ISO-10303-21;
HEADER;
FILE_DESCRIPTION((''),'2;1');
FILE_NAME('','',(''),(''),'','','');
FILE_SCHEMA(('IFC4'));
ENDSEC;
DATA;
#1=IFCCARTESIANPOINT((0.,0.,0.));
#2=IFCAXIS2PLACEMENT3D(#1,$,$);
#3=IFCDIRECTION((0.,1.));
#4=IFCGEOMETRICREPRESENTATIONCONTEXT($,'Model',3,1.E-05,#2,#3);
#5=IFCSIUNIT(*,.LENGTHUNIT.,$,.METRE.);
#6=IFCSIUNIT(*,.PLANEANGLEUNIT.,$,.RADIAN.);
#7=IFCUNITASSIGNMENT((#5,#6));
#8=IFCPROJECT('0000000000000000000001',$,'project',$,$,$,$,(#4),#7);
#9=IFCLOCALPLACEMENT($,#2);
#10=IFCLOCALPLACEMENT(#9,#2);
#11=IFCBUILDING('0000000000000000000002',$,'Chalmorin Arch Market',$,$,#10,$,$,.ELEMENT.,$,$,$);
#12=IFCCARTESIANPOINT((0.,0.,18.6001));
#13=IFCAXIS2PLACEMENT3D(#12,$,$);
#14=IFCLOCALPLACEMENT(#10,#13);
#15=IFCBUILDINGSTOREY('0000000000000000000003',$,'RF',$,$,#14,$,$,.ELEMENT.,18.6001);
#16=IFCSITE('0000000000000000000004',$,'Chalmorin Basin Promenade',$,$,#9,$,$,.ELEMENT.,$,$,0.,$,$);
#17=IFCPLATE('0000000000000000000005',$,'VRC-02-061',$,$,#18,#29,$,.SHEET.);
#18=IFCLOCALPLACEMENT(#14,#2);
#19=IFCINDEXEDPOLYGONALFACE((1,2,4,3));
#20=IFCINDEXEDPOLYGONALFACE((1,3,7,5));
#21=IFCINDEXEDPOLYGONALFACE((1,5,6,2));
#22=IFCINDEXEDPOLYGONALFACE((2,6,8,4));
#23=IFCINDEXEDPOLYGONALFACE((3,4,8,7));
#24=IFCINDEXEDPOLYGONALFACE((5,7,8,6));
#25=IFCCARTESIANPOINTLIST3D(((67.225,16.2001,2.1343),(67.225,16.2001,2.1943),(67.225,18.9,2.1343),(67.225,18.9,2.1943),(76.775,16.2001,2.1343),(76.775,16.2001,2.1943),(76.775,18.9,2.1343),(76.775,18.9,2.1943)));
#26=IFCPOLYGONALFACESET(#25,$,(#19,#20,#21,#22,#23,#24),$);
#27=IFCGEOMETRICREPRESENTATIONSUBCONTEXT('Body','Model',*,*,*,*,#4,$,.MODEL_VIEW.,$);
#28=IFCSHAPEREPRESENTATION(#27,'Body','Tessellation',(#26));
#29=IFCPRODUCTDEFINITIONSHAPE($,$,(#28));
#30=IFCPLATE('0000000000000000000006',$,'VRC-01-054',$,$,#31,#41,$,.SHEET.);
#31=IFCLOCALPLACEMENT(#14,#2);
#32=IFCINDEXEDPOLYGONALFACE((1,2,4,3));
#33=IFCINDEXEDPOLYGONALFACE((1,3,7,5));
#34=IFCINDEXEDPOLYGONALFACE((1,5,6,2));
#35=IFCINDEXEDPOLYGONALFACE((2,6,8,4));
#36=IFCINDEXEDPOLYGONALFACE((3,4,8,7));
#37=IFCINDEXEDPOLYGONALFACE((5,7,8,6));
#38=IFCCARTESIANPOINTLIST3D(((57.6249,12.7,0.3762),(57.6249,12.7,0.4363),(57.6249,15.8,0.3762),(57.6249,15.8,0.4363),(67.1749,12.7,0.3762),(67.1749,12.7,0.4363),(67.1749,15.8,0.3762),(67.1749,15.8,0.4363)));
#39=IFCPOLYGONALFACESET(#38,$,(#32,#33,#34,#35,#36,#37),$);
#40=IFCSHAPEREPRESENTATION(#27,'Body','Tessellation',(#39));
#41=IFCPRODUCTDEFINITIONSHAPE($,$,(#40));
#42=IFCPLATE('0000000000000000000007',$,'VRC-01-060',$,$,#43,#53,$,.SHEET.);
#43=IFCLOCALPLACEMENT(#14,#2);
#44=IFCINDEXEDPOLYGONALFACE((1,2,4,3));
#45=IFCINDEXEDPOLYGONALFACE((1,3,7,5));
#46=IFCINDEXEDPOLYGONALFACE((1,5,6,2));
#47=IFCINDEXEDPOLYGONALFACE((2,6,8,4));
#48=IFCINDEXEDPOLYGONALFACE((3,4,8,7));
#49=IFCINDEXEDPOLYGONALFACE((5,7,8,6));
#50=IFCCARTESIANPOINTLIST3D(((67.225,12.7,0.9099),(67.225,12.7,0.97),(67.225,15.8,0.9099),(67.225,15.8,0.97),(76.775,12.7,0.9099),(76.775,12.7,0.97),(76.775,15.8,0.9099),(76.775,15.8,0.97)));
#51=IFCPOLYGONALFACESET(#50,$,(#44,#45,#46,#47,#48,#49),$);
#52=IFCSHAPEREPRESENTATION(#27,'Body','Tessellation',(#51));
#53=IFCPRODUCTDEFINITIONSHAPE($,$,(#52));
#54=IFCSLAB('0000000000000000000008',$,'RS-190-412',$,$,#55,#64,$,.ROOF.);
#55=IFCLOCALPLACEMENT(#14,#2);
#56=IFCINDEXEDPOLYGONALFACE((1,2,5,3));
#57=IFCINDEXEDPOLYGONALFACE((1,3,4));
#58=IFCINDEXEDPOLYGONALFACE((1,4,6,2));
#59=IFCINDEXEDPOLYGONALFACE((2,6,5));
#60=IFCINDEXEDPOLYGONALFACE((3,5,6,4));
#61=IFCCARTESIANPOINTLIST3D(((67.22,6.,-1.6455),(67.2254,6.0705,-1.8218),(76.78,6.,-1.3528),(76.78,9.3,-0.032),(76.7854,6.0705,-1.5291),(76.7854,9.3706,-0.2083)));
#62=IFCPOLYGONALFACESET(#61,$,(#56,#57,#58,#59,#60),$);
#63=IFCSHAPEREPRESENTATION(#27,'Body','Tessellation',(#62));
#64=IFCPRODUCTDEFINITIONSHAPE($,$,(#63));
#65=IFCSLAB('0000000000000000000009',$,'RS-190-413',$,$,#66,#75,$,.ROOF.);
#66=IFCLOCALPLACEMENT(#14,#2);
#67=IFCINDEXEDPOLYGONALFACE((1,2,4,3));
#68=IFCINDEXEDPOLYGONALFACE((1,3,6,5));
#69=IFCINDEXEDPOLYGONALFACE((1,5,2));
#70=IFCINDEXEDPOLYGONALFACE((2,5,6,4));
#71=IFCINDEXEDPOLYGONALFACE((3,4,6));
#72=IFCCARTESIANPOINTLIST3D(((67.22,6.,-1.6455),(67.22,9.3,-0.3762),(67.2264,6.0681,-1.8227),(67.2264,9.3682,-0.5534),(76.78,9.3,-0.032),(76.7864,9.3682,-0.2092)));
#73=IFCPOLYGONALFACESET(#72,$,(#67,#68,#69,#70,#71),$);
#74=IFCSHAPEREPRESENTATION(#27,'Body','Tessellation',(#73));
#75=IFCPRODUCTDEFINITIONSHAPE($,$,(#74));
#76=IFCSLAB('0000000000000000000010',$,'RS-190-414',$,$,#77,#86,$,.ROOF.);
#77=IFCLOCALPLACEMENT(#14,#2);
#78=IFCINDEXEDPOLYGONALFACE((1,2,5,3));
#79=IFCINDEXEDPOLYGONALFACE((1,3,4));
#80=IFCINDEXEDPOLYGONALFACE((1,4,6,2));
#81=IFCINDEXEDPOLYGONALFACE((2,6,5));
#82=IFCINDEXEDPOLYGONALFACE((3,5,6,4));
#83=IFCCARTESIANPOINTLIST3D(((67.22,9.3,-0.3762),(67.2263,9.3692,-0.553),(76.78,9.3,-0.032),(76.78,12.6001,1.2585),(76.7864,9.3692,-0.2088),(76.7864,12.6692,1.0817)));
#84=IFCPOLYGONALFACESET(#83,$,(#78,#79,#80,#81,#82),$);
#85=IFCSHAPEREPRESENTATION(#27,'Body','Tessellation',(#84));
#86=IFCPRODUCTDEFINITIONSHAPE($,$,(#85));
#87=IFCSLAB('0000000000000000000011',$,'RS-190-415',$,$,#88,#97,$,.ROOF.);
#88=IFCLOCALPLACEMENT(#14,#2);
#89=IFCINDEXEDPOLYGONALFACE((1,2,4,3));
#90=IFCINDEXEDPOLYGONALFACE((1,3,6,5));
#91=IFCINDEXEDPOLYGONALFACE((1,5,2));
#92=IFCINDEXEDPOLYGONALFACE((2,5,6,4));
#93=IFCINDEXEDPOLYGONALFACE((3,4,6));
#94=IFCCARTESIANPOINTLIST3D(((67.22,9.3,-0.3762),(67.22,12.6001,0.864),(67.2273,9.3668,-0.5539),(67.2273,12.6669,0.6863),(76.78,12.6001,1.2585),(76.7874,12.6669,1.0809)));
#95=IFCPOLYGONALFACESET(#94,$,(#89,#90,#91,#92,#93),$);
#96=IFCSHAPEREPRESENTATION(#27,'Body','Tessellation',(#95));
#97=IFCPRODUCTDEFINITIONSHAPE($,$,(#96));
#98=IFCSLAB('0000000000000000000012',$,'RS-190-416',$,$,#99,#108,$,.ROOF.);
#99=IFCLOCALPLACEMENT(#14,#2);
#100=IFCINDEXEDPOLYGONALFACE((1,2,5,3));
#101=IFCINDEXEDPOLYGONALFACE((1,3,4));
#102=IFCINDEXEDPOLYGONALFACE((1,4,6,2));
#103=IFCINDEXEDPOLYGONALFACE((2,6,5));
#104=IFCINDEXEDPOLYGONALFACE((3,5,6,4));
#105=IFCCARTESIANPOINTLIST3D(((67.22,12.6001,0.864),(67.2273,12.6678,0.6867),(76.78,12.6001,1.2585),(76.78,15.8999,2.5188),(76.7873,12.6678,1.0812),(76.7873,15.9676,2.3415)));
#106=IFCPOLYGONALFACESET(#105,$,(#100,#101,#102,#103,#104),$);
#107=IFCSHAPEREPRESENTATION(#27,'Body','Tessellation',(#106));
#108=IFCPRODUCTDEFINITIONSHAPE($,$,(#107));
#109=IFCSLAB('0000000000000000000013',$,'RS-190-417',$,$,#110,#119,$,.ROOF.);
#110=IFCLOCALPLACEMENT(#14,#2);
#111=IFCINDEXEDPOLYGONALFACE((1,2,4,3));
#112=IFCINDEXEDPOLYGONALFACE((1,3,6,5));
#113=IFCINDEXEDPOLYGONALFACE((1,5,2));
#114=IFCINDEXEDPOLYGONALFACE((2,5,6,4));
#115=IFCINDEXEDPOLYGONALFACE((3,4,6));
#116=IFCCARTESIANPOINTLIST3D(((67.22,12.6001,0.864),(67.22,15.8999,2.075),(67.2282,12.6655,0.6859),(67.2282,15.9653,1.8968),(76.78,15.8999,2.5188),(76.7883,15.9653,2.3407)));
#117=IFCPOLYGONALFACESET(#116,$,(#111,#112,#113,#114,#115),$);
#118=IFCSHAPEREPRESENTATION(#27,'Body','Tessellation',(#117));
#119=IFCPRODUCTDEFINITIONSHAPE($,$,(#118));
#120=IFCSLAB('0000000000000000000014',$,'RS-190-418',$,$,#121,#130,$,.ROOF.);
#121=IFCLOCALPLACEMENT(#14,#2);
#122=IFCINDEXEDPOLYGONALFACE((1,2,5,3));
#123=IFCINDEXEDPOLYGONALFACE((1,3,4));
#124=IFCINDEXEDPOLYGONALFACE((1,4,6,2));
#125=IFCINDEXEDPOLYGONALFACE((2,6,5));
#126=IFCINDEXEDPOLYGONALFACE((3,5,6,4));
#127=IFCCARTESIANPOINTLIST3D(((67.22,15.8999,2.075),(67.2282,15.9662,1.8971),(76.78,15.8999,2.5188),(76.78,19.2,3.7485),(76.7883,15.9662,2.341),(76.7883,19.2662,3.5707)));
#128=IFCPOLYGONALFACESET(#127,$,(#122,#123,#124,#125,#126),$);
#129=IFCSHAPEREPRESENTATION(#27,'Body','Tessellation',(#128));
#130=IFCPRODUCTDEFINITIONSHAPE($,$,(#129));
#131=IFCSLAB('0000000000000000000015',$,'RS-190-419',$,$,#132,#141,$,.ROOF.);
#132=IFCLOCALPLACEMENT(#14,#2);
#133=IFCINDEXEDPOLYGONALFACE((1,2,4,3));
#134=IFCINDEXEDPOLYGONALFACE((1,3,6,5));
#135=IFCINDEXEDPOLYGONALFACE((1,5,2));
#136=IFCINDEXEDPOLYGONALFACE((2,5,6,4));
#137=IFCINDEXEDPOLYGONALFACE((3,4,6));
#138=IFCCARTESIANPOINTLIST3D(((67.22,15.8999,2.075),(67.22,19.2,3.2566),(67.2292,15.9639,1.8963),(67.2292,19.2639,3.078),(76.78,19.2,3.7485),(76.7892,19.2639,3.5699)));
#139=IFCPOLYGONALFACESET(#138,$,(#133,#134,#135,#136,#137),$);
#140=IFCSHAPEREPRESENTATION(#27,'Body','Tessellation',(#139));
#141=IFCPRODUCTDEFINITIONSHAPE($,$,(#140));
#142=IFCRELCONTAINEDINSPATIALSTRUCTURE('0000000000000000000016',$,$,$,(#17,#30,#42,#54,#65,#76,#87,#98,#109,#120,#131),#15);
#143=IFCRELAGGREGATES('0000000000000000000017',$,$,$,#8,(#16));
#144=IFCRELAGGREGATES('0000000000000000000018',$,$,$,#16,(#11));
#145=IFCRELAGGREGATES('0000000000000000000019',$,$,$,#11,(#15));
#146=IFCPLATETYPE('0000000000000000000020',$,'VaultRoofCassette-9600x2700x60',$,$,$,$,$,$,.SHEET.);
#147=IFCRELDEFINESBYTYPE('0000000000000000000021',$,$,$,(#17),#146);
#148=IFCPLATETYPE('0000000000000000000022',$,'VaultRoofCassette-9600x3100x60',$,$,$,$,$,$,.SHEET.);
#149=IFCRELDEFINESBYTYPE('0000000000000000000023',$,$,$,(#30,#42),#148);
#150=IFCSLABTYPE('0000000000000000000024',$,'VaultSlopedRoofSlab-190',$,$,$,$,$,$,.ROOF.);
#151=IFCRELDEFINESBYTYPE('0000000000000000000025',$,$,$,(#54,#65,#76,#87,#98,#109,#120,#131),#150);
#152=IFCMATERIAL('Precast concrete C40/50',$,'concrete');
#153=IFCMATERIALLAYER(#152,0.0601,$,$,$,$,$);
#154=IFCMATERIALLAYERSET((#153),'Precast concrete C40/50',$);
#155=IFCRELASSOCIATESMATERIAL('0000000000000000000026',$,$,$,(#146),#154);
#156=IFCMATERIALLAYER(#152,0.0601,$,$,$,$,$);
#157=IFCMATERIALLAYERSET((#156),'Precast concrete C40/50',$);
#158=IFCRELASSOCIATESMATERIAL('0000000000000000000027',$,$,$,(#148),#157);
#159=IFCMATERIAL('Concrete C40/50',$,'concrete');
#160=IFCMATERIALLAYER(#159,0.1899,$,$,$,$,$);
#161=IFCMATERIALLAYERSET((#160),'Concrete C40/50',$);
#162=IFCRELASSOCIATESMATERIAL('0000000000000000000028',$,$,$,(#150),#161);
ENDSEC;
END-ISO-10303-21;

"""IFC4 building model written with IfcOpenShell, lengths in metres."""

from ifc_helpers import new_model, si_unit, direction, frame, origin, origin_2d, place, context, subcontext, project, spatial, polyline, rectangle, outline, extrude, material, layer, layer_set, type_object, element, save


model = new_model("IFC4")

# Units and contexts
model_context = context("Model", 3, precision=1e-05, world=origin(), true_north=direction((0.0, 1.0)))
body_context = subcontext(model_context, "Body", "Model", "MODEL_VIEW")
ifc_project = project(units=[si_unit("LENGTHUNIT", "METRE"), si_unit("PLANEANGLEUNIT", "RADIAN")], contexts=[model_context])

# Site, building, storey
site_placement = place(None, origin())
site = spatial("IfcSite", under=ifc_project, at=site_placement, Name="Chalmorin Basin Promenade", CompositionType="ELEMENT", RefElevation=0.0)
building_placement = place(site_placement, origin())
building = spatial("IfcBuilding", under=site, at=building_placement, Name="Chalmorin Arch Market", CompositionType="ELEMENT")
storey_placement = place(building_placement, frame((0.0, 0.0, 18.6001)))
storey = spatial("IfcBuildingStorey", under=building, at=storey_placement, Name="RF", CompositionType="ELEMENT", Elevation=18.6001)

# Plates
ifc_material_1 = material(Name="Precast concrete C40/50", Category="concrete")
ifc_layer_1 = layer(ifc_material_1, 0.0601)
ifc_layer_set_1 = layer_set([ifc_layer_1], Name="Precast concrete C40/50")
plate_type_1 = type_object("IfcPlateType", Name="VaultRoofCassette-9600x2700x60", PredefinedType="SHEET", material=ifc_layer_set_1)
for number, where, z_axis, x_axis, name in (
    (1, (72.0, 17.55, 2.1343), (0.0, 0.0, 1.0), (1.0, 0.0, 0.0), "VRC-02-061"),
):
    element("IfcPlate", number, at=place(storey_placement, frame(where, z_axis=z_axis, x_axis=x_axis)), inside=storey, type_object=plate_type_1, Name=name, PredefinedType="SHEET", context=body_context, shape_type="SweptSolid", body=[
        extrude(rectangle(XDim=9.55, YDim=2.7, at=origin_2d()), origin(), (0.0, 0.0, 1.0), 0.0601),
    ])
ifc_layer_2 = layer(ifc_material_1, 0.0601)
ifc_layer_set_2 = layer_set([ifc_layer_2], Name="Precast concrete C40/50")
plate_type_2 = type_object("IfcPlateType", Name="VaultRoofCassette-9600x3100x60", PredefinedType="SHEET", material=ifc_layer_set_2)
for number, where, z_axis, x_axis, name in (
    (2, (62.3999, 14.25, 0.3762), (0.0, 0.0, 1.0), (1.0, 0.0, 0.0), "VRC-01-054"),
    (3, (72.0, 14.25, 0.9099), (0.0, 0.0, 1.0), (1.0, 0.0, 0.0), "VRC-01-060"),
):
    element("IfcPlate", number, at=place(storey_placement, frame(where, z_axis=z_axis, x_axis=x_axis)), inside=storey, type_object=plate_type_2, Name=name, PredefinedType="SHEET", context=body_context, shape_type="SweptSolid", body=[
        extrude(rectangle(XDim=9.55, YDim=3.1001, at=origin_2d()), origin(), (0.0, 0.0, 1.0), 0.0601),
    ])

# Slabs
ifc_material_2 = material(Name="Concrete C40/50", Category="concrete")
ifc_layer_3 = layer(ifc_material_2, 0.1899)
ifc_layer_set_3 = layer_set([ifc_layer_3], Name="Concrete C40/50")
slab_type = type_object("IfcSlabType", Name="VaultSlopedRoofSlab-190", PredefinedType="ROOF", material=ifc_layer_set_3)
slab_1_placement = place(storey_placement, frame((67.22, 6.0, -1.6455), z_axis=(-0.028416, -0.37143, 0.928026), x_axis=(0.999532, 0.0, 0.030605)))
element("IfcSlab", 4, at=slab_1_placement, inside=storey, type_object=slab_type, Name="RS-190-412", PredefinedType="ROOF", context=body_context, shape_type="SweptSolid", body=[
    extrude(outline(polyline([(0.0, 0.0), (9.5645, 0.0), (9.605, 3.5543), (0.0, 0.0)])), origin(), (0.0, 0.0, -1.0), 0.1899),
])
slab_2_placement = place(storey_placement, frame((67.22, 6.0, -1.6455), z_axis=(-0.033589, -0.358786, 0.932815), x_axis=(0.933462, 0.322223, 0.157548)))
element("IfcSlab", 5, at=slab_2_placement, inside=storey, type_object=slab_type, Name="RS-190-413", PredefinedType="ROOF", context=body_context, shape_type="SweptSolid", body=[
    extrude(outline(polyline([(0.0, 0.0), (10.2415, 0.0), (1.2633, 3.3023), (0.0, 0.0)])), origin(), (0.0, 0.0, -1.0), 0.1899),
])
slab_3_placement = place(storey_placement, frame((67.22, 9.3, -0.3762), z_axis=(-0.033516, -0.364, 0.930796), x_axis=(0.999352, 0.0, 0.035985)))
element("IfcSlab", 6, at=slab_3_placement, inside=storey, type_object=slab_type, Name="RS-190-414", PredefinedType="ROOF", context=body_context, shape_type="SweptSolid", body=[
    extrude(outline(polyline([(0.0, 0.0), (9.5663, 0.0), (9.6127, 3.5431), (0.0, 0.0)])), origin(), (0.0, 0.0, -1.0), 0.1899),
])
slab_4_placement = place(storey_placement, frame((67.22, 9.3, -0.3762), z_axis=(-0.038602, -0.351537, 0.935378), x_axis=(0.933155, 0.322117, 0.159569)))
element("IfcSlab", 7, at=slab_4_placement, inside=storey, type_object=slab_type, Name="RS-190-415", PredefinedType="ROOF", context=body_context, shape_type="SweptSolid", body=[
    extrude(outline(polyline([(0.0, 0.0), (10.2449, 0.0), (1.2609, 3.2922), (0.0, 0.0)])), origin(), (0.0, 0.0, -1.0), 0.1899),
])
slab_5_placement = place(storey_placement, frame((67.22, 12.6001, 0.864), z_axis=(-0.038524, -0.356518, 0.933494), x_axis=(0.99915, 0.0, 0.041234)))
element("IfcSlab", 8, at=slab_5_placement, inside=storey, type_object=slab_type, Name="RS-190-416", PredefinedType="ROOF", context=body_context, shape_type="SweptSolid", body=[
    extrude(outline(polyline([(0.0, 0.0), (9.5682, 0.0), (9.6202, 3.5319), (0.0, 0.0)])), origin(), (0.0, 0.0, -1.0), 0.1899),
])
slab_6_placement = place(storey_placement, frame((67.22, 12.6001, 0.864), z_axis=(-0.043544, -0.344181, 0.937893), x_axis=(0.93287, 0.321995, 0.161474)))
element("IfcSlab", 9, at=slab_6_placement, inside=storey, type_object=slab_type, Name="RS-190-417", PredefinedType="ROOF", context=body_context, shape_type="SweptSolid", body=[
    extrude(outline(polyline([(0.0, 0.0), (10.248, 0.0), (1.2581, 3.2821), (0.0, 0.0)])), origin(), (0.0, 0.0, -1.0), 0.1899),
])
slab_7_placement = place(storey_placement, frame((67.22, 15.8999, 2.075), z_axis=(-0.043464, -0.348855, 0.936168), x_axis=(0.998924, 0.0, 0.046377)))
element("IfcSlab", 10, at=slab_7_placement, inside=storey, type_object=slab_type, Name="RS-190-418", PredefinedType="ROOF", context=body_context, shape_type="SweptSolid", body=[
    extrude(outline(polyline([(0.0, 0.0), (9.5704, 0.0), (9.6274, 3.5213), (0.0, 0.0)])), origin(), (0.0, 0.0, -1.0), 0.1899),
])
slab_8_placement = place(storey_placement, frame((67.22, 15.8999, 2.075), z_axis=(-0.048389, -0.336714, 0.940363), x_axis=(0.932585, 0.32192, 0.163258)))
element("IfcSlab", 11, at=slab_8_placement, inside=storey, type_object=slab_type, Name="RS-190-419", PredefinedType="ROOF", context=body_context, shape_type="SweptSolid", body=[
    extrude(outline(polyline([(0.0, 0.0), (10.2511, 0.0), (1.2553, 3.2728), (0.0, 0.0)])), origin(), (0.0, 0.0, -1.0), 0.1899),
])

save(model, "model.ifc")
